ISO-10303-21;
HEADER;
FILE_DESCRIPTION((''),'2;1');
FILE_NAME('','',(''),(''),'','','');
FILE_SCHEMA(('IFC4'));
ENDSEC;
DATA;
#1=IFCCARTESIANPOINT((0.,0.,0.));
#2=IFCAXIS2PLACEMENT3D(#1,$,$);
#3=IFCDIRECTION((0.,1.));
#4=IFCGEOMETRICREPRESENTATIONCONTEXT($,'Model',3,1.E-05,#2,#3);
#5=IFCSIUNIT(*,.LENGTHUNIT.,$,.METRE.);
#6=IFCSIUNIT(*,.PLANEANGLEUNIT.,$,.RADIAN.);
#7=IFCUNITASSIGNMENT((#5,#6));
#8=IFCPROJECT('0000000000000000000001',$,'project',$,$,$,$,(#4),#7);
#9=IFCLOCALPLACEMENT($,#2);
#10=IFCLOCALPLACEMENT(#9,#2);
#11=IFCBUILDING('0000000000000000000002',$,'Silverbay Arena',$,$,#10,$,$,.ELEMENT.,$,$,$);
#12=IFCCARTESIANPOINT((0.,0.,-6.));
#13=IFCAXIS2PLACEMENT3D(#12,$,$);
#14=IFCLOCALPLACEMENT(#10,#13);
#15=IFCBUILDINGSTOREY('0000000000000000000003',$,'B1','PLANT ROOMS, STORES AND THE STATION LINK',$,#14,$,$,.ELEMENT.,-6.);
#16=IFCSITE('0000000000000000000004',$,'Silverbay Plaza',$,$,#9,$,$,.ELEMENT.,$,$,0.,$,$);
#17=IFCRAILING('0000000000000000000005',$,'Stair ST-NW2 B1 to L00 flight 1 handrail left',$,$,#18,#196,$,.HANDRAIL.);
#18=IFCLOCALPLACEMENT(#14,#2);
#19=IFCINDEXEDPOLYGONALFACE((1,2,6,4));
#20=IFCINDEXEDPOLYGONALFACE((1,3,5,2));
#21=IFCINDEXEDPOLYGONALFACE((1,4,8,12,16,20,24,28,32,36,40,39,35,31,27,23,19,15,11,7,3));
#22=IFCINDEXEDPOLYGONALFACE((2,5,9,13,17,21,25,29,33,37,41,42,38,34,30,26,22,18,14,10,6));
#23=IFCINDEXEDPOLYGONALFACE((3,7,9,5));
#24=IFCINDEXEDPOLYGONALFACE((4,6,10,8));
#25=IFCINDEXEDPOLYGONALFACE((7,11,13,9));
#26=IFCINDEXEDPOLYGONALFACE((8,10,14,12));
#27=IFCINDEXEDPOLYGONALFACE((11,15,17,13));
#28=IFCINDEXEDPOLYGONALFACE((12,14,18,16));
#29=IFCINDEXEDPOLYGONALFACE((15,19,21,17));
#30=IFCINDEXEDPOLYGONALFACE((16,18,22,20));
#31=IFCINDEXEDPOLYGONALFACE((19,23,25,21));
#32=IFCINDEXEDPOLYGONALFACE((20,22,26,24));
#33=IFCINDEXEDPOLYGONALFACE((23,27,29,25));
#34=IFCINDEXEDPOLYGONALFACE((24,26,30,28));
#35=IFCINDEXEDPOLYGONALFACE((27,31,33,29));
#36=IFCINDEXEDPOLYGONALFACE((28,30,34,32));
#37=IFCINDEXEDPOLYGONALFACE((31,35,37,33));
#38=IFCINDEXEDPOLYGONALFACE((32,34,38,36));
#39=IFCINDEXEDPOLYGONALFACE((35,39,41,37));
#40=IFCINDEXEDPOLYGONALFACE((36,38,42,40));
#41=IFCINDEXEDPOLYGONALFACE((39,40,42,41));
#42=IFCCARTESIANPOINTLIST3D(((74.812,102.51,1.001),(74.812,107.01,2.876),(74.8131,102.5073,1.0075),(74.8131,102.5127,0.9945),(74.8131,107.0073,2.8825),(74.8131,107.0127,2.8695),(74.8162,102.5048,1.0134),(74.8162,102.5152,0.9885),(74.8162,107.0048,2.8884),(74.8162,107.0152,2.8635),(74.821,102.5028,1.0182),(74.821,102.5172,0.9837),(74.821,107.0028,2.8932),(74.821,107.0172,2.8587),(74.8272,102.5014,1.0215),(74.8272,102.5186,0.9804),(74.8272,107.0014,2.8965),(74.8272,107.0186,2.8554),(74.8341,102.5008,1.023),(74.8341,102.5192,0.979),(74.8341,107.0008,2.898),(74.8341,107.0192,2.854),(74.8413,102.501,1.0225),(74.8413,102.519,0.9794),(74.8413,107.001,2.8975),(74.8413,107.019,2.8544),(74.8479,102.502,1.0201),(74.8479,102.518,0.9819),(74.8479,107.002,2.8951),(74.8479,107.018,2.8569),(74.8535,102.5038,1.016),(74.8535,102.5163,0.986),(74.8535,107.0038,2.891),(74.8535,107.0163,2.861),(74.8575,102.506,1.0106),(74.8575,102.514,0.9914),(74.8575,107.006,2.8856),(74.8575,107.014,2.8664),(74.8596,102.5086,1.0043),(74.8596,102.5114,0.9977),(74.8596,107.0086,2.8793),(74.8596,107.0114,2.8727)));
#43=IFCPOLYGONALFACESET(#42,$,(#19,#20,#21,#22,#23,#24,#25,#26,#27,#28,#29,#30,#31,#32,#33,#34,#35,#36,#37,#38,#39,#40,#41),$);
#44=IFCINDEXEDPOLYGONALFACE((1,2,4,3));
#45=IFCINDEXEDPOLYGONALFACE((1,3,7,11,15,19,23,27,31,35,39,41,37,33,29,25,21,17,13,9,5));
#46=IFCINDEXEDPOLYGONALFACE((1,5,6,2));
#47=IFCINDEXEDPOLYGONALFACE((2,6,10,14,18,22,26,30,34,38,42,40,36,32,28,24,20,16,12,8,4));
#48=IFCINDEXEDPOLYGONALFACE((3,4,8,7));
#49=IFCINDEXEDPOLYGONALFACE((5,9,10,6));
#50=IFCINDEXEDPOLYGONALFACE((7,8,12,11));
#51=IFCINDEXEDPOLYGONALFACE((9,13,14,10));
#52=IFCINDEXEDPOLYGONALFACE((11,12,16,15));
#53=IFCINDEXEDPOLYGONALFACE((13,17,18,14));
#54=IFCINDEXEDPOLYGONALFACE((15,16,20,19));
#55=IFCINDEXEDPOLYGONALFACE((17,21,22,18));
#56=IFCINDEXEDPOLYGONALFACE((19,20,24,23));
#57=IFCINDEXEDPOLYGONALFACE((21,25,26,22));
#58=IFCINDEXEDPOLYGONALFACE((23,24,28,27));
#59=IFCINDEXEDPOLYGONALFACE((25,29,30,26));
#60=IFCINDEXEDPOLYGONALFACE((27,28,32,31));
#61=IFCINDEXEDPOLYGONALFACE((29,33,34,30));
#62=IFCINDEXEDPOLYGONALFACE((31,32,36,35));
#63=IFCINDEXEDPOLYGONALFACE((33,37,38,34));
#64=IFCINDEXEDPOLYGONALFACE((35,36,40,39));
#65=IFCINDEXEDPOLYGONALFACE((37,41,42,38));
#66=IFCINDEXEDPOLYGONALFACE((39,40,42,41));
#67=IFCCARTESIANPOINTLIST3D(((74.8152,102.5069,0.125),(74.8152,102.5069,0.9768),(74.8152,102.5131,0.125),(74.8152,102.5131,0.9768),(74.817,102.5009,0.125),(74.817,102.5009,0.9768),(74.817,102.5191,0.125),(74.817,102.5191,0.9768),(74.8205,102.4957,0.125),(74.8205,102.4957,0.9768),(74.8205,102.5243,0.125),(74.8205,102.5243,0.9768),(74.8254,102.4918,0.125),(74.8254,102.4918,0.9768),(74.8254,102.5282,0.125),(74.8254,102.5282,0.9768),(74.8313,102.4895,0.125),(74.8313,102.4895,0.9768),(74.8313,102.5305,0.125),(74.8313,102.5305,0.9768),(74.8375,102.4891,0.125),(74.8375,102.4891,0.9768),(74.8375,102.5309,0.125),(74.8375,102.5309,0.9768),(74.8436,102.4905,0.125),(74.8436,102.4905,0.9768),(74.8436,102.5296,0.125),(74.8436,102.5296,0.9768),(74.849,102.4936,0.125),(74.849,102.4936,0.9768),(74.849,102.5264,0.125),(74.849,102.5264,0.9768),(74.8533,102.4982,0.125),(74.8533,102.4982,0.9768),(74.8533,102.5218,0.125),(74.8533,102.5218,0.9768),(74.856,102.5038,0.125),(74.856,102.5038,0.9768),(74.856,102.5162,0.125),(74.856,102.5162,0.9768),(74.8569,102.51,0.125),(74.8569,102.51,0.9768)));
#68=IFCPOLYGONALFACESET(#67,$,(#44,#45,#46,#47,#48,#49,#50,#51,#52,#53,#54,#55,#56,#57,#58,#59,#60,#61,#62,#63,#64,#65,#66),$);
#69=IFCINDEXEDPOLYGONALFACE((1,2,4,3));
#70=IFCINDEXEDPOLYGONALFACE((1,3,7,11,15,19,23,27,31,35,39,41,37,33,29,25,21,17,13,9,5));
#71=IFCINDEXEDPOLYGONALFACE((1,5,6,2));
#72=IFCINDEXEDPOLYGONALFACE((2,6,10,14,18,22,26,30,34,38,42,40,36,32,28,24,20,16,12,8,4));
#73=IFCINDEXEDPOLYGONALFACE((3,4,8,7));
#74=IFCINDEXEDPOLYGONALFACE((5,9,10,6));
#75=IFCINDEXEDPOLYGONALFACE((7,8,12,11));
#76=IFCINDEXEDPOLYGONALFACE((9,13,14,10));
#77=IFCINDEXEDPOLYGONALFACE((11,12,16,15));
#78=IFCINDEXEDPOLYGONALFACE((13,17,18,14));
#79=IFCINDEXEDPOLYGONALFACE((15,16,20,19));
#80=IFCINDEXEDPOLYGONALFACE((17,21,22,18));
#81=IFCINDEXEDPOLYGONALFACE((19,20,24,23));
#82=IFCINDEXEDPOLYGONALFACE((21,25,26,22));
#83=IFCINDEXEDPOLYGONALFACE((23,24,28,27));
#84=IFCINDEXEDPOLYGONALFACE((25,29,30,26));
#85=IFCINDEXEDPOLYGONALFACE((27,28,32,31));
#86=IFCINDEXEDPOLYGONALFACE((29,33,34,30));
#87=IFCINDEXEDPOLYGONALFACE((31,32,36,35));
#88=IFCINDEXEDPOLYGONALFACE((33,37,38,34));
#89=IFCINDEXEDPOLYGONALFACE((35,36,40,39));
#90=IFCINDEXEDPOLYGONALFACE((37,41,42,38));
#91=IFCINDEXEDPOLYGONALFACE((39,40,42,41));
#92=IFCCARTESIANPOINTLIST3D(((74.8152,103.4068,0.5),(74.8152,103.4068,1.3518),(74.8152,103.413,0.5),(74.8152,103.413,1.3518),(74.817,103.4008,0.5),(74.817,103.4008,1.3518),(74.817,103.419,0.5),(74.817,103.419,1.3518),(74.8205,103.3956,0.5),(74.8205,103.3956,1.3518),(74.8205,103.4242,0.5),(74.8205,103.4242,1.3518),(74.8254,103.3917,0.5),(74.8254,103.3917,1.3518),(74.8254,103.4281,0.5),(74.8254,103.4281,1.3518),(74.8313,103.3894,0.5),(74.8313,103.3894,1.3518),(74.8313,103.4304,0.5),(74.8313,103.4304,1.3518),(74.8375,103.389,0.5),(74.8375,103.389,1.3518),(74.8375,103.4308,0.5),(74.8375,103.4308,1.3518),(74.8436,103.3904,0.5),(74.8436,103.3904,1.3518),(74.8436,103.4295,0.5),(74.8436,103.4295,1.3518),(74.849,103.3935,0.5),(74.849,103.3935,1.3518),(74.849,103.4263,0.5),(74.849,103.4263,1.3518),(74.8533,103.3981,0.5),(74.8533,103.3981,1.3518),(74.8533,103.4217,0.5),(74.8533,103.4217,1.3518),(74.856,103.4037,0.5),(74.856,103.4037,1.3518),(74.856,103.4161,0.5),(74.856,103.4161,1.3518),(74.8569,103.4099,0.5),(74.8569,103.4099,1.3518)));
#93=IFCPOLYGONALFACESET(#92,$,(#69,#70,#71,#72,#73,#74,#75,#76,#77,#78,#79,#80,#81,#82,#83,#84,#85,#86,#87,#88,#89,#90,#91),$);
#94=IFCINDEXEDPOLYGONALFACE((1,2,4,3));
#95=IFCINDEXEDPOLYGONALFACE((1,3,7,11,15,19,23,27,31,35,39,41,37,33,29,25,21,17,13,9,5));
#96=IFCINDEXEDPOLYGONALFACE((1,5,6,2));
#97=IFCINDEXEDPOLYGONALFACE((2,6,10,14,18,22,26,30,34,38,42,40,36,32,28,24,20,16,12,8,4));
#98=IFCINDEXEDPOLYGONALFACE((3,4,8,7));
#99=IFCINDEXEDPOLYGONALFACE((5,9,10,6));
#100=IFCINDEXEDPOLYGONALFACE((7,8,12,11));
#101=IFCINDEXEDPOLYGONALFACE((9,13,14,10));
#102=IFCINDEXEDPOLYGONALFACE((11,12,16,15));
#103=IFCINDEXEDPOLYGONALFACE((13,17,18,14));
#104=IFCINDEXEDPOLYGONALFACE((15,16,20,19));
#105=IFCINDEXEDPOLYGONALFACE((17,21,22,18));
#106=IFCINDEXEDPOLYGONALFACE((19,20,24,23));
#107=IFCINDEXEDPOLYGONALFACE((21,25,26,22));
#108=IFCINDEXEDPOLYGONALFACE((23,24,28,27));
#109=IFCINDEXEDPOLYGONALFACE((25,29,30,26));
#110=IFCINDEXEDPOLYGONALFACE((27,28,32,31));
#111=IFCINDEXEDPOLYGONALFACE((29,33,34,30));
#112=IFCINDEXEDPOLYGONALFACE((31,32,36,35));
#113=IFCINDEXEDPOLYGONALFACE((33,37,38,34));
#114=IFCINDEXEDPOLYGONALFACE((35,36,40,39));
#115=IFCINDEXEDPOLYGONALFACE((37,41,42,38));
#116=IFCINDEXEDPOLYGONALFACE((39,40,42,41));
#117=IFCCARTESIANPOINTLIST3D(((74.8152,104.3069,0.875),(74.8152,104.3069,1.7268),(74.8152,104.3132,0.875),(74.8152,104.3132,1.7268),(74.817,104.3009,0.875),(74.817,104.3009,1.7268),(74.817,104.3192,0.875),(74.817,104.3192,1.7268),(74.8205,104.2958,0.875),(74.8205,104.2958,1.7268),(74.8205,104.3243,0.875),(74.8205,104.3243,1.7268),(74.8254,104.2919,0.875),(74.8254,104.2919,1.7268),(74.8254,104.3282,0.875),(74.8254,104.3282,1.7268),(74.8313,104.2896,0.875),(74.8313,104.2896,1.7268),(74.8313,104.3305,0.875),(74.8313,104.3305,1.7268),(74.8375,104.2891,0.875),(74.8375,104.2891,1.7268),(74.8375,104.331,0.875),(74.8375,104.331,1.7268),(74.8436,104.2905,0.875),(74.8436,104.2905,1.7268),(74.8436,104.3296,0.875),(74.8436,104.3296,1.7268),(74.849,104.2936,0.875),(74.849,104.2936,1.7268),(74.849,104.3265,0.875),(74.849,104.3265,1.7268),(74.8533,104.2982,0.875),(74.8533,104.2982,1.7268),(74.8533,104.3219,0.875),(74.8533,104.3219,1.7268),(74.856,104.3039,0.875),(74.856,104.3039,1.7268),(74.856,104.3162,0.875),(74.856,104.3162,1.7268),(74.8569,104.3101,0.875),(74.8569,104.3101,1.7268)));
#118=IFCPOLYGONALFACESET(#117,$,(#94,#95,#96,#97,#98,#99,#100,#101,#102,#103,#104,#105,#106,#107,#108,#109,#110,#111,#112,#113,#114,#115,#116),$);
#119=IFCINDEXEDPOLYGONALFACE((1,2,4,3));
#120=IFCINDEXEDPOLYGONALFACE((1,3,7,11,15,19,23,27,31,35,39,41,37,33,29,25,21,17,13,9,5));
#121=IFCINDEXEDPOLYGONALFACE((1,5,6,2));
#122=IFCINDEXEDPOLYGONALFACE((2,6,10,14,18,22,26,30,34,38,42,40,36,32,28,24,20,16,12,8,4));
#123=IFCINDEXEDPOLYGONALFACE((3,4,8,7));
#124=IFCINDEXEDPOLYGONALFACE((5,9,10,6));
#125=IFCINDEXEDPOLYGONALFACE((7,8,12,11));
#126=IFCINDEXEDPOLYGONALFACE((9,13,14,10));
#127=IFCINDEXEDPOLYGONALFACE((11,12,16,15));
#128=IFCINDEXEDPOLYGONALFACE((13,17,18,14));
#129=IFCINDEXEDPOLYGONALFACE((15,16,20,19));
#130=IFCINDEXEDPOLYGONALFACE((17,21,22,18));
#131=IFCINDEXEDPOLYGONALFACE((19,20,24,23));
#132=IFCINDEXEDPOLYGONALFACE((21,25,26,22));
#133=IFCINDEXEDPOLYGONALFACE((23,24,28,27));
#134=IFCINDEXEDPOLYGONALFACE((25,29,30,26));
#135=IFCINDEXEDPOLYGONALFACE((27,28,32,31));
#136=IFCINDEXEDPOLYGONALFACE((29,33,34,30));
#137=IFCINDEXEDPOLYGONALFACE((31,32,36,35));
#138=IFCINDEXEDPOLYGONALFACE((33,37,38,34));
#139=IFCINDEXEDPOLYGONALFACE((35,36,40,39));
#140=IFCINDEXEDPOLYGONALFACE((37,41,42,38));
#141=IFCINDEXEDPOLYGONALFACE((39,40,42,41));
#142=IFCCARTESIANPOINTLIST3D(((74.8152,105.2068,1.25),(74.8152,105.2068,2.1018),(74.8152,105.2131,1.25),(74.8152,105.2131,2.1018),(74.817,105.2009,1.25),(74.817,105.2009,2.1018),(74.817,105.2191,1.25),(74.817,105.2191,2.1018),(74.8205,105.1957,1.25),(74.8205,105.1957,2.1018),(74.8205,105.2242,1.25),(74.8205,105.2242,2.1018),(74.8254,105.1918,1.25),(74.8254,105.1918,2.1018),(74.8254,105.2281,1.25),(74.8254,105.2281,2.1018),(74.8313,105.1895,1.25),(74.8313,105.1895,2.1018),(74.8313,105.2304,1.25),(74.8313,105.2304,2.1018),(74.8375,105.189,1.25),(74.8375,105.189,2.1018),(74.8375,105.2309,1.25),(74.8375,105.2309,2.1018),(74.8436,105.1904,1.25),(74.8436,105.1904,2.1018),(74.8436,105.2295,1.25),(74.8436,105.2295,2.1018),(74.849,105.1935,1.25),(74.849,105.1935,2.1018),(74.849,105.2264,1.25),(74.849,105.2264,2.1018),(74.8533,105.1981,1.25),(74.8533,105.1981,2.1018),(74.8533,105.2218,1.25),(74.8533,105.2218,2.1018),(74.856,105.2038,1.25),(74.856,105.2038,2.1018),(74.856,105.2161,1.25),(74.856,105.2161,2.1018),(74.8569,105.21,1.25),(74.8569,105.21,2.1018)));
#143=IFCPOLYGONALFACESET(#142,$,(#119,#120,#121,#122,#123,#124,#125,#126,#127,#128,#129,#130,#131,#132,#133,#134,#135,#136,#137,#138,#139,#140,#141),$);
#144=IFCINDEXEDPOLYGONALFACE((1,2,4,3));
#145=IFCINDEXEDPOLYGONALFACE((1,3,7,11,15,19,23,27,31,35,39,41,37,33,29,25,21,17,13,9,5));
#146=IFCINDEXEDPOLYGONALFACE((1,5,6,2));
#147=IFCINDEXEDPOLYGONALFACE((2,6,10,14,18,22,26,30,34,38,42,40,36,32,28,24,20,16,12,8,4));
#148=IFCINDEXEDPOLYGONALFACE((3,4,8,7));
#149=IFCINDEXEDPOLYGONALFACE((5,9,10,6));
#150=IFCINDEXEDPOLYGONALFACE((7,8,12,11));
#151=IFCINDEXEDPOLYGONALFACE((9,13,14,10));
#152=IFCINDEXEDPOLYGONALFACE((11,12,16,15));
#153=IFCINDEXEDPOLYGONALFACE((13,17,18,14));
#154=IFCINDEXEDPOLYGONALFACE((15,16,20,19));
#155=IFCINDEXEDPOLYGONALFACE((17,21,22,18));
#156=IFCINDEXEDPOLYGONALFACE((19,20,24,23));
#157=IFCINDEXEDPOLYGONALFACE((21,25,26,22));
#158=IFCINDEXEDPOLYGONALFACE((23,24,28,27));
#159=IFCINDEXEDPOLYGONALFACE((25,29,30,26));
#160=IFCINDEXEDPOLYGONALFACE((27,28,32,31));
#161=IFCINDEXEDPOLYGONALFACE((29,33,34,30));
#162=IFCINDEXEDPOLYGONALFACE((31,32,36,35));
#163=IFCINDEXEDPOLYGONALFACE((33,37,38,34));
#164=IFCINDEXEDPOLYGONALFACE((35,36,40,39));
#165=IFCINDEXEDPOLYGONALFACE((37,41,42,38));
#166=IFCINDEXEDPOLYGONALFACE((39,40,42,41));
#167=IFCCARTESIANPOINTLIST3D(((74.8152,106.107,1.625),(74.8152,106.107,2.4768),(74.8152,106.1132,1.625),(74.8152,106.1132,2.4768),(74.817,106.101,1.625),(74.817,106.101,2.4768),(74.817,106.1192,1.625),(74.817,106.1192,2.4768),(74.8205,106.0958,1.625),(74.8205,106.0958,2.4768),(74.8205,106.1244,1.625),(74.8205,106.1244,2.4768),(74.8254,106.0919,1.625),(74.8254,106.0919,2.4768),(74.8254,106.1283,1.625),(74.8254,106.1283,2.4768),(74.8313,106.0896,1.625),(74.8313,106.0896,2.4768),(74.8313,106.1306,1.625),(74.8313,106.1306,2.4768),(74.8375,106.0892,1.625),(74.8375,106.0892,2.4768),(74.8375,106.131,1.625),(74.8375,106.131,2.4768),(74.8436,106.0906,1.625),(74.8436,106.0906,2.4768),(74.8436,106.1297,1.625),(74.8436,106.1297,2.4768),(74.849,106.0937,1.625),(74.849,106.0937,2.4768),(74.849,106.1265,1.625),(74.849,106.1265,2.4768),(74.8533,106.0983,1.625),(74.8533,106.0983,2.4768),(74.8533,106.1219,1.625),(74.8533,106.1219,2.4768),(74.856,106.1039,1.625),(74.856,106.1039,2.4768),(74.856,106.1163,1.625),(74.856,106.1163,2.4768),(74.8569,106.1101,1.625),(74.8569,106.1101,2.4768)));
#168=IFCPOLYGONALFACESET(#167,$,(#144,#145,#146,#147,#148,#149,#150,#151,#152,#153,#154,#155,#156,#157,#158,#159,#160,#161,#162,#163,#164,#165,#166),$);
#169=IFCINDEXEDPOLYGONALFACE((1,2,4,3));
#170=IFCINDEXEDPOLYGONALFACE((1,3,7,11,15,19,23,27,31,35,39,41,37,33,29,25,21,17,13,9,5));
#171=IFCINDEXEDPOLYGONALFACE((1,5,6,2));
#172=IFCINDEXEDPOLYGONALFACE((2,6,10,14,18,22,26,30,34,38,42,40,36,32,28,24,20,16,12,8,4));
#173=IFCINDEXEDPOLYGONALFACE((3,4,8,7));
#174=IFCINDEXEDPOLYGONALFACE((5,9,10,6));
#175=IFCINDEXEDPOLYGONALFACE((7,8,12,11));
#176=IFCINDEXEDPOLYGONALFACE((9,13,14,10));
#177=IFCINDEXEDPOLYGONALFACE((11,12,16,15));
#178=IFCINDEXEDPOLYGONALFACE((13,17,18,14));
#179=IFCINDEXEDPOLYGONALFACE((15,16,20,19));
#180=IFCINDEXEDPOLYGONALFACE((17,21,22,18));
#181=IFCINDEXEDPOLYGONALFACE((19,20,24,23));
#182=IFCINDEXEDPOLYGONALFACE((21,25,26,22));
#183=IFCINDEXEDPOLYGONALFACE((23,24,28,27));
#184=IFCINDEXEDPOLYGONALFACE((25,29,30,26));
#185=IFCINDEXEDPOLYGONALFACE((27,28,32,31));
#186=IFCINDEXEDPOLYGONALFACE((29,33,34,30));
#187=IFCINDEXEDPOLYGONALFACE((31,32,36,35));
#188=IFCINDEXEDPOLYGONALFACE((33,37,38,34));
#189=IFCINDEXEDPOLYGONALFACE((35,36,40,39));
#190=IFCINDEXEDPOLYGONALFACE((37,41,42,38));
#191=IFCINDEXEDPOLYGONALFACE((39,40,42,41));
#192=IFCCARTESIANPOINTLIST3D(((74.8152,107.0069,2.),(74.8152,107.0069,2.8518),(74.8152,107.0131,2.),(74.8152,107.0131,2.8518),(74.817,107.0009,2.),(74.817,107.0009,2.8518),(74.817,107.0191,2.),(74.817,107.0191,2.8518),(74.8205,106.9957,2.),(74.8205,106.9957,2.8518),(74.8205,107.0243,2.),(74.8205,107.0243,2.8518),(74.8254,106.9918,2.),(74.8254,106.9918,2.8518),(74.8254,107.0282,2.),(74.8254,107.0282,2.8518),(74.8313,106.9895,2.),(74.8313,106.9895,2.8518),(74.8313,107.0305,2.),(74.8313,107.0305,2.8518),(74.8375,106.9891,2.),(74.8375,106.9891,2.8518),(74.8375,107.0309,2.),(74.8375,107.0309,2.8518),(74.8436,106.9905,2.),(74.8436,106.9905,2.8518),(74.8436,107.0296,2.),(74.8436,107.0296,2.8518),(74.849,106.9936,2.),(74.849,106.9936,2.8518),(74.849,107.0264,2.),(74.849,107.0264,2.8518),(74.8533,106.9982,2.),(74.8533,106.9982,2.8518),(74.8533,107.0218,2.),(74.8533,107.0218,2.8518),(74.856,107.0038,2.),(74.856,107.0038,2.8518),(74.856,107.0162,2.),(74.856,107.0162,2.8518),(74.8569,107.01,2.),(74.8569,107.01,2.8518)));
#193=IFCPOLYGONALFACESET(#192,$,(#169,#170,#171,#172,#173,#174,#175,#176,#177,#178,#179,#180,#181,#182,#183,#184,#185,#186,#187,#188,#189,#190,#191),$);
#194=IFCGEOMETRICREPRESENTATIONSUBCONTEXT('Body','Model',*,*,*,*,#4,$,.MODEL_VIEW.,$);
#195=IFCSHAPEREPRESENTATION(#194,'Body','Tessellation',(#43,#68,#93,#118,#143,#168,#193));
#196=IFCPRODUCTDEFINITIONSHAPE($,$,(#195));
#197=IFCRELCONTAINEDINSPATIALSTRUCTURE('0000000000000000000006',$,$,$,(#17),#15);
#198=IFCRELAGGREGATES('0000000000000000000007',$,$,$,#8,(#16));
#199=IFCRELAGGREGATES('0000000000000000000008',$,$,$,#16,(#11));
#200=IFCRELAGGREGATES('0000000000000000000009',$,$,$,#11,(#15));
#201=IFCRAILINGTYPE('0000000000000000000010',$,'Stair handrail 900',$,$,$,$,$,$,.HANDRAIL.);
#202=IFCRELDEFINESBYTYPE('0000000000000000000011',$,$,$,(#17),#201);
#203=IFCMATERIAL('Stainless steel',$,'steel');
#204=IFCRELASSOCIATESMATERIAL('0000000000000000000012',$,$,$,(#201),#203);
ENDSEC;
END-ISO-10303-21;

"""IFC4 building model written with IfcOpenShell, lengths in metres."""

from ifc_helpers import new_model, si_unit, direction, frame, origin, origin_2d, place, context, subcontext, project, spatial, circle, extrude, material, type_object, element, save


model = new_model("IFC4")

# Units and contexts
model_context = context("Model", 3, precision=1e-05, world=origin(), true_north=direction((0.0, 1.0)))
body_context = subcontext(model_context, "Body", "Model", "MODEL_VIEW")
ifc_project = project(units=[si_unit("LENGTHUNIT", "METRE"), si_unit("PLANEANGLEUNIT", "RADIAN")], contexts=[model_context])

# Site, building, storey
site_placement = place(None, origin())
site = spatial("IfcSite", under=ifc_project, at=site_placement, Name="Silverbay Plaza", CompositionType="ELEMENT", RefElevation=0.0)
building_placement = place(site_placement, origin())
building = spatial("IfcBuilding", under=site, at=building_placement, Name="Silverbay Arena", CompositionType="ELEMENT")
storey_placement = place(building_placement, frame((0.0, 0.0, -6.0)))
storey = spatial("IfcBuildingStorey", under=building, at=storey_placement, Name="B1", Description="PLANT ROOMS, STORES AND THE STATION LINK", CompositionType="ELEMENT", Elevation=-6.0)

# Railing
ifc_material_1 = material(Name="Stainless steel", Category="steel")
railing_type_1 = type_object("IfcRailingType", Name="Stair handrail 900", PredefinedType="HANDRAIL", material=ifc_material_1)
railing_1_placement = place(storey_placement, frame((74.8359, 102.51, 0.125)))
element("IfcRailing", 1, at=railing_1_placement, inside=storey, type_object=railing_type_1, Name="Stair ST-NW2 B1 to L00 flight 1 handrail left", PredefinedType="HANDRAIL", context=body_context, shape_type="SweptSolid", body=[
    extrude(circle(Radius=0.0239, at=origin_2d()), frame((0.0, 0.0, 0.876), z_axis=(0.0, 0.923077, 0.384615), x_axis=(-1.0, 0.0, 0.0)), (0.0, 0.0, 1.0), 4.875),
    extrude(circle(Radius=0.021, at=origin_2d()), origin(), (0.0, 0.0, 1.0), 0.8518),
    extrude(circle(Radius=0.021, at=origin_2d()), frame((0.0, 0.8999, 0.375)), (0.0, 0.0, 1.0), 0.8518),
    extrude(circle(Radius=0.021, at=origin_2d()), frame((0.0, 1.8, 0.75)), (0.0, 0.0, 1.0), 0.8518),
    extrude(circle(Radius=0.021, at=origin_2d()), frame((0.0, 2.7, 1.125)), (0.0, 0.0, 1.0), 0.8518),
    extrude(circle(Radius=0.021, at=origin_2d()), frame((0.0, 3.6001, 1.5)), (0.0, 0.0, 1.0), 0.8518),
    extrude(circle(Radius=0.021, at=origin_2d()), frame((0.0, 4.5, 1.875)), (0.0, 0.0, 1.0), 0.8518),
])

save(model, "model.ifc")
